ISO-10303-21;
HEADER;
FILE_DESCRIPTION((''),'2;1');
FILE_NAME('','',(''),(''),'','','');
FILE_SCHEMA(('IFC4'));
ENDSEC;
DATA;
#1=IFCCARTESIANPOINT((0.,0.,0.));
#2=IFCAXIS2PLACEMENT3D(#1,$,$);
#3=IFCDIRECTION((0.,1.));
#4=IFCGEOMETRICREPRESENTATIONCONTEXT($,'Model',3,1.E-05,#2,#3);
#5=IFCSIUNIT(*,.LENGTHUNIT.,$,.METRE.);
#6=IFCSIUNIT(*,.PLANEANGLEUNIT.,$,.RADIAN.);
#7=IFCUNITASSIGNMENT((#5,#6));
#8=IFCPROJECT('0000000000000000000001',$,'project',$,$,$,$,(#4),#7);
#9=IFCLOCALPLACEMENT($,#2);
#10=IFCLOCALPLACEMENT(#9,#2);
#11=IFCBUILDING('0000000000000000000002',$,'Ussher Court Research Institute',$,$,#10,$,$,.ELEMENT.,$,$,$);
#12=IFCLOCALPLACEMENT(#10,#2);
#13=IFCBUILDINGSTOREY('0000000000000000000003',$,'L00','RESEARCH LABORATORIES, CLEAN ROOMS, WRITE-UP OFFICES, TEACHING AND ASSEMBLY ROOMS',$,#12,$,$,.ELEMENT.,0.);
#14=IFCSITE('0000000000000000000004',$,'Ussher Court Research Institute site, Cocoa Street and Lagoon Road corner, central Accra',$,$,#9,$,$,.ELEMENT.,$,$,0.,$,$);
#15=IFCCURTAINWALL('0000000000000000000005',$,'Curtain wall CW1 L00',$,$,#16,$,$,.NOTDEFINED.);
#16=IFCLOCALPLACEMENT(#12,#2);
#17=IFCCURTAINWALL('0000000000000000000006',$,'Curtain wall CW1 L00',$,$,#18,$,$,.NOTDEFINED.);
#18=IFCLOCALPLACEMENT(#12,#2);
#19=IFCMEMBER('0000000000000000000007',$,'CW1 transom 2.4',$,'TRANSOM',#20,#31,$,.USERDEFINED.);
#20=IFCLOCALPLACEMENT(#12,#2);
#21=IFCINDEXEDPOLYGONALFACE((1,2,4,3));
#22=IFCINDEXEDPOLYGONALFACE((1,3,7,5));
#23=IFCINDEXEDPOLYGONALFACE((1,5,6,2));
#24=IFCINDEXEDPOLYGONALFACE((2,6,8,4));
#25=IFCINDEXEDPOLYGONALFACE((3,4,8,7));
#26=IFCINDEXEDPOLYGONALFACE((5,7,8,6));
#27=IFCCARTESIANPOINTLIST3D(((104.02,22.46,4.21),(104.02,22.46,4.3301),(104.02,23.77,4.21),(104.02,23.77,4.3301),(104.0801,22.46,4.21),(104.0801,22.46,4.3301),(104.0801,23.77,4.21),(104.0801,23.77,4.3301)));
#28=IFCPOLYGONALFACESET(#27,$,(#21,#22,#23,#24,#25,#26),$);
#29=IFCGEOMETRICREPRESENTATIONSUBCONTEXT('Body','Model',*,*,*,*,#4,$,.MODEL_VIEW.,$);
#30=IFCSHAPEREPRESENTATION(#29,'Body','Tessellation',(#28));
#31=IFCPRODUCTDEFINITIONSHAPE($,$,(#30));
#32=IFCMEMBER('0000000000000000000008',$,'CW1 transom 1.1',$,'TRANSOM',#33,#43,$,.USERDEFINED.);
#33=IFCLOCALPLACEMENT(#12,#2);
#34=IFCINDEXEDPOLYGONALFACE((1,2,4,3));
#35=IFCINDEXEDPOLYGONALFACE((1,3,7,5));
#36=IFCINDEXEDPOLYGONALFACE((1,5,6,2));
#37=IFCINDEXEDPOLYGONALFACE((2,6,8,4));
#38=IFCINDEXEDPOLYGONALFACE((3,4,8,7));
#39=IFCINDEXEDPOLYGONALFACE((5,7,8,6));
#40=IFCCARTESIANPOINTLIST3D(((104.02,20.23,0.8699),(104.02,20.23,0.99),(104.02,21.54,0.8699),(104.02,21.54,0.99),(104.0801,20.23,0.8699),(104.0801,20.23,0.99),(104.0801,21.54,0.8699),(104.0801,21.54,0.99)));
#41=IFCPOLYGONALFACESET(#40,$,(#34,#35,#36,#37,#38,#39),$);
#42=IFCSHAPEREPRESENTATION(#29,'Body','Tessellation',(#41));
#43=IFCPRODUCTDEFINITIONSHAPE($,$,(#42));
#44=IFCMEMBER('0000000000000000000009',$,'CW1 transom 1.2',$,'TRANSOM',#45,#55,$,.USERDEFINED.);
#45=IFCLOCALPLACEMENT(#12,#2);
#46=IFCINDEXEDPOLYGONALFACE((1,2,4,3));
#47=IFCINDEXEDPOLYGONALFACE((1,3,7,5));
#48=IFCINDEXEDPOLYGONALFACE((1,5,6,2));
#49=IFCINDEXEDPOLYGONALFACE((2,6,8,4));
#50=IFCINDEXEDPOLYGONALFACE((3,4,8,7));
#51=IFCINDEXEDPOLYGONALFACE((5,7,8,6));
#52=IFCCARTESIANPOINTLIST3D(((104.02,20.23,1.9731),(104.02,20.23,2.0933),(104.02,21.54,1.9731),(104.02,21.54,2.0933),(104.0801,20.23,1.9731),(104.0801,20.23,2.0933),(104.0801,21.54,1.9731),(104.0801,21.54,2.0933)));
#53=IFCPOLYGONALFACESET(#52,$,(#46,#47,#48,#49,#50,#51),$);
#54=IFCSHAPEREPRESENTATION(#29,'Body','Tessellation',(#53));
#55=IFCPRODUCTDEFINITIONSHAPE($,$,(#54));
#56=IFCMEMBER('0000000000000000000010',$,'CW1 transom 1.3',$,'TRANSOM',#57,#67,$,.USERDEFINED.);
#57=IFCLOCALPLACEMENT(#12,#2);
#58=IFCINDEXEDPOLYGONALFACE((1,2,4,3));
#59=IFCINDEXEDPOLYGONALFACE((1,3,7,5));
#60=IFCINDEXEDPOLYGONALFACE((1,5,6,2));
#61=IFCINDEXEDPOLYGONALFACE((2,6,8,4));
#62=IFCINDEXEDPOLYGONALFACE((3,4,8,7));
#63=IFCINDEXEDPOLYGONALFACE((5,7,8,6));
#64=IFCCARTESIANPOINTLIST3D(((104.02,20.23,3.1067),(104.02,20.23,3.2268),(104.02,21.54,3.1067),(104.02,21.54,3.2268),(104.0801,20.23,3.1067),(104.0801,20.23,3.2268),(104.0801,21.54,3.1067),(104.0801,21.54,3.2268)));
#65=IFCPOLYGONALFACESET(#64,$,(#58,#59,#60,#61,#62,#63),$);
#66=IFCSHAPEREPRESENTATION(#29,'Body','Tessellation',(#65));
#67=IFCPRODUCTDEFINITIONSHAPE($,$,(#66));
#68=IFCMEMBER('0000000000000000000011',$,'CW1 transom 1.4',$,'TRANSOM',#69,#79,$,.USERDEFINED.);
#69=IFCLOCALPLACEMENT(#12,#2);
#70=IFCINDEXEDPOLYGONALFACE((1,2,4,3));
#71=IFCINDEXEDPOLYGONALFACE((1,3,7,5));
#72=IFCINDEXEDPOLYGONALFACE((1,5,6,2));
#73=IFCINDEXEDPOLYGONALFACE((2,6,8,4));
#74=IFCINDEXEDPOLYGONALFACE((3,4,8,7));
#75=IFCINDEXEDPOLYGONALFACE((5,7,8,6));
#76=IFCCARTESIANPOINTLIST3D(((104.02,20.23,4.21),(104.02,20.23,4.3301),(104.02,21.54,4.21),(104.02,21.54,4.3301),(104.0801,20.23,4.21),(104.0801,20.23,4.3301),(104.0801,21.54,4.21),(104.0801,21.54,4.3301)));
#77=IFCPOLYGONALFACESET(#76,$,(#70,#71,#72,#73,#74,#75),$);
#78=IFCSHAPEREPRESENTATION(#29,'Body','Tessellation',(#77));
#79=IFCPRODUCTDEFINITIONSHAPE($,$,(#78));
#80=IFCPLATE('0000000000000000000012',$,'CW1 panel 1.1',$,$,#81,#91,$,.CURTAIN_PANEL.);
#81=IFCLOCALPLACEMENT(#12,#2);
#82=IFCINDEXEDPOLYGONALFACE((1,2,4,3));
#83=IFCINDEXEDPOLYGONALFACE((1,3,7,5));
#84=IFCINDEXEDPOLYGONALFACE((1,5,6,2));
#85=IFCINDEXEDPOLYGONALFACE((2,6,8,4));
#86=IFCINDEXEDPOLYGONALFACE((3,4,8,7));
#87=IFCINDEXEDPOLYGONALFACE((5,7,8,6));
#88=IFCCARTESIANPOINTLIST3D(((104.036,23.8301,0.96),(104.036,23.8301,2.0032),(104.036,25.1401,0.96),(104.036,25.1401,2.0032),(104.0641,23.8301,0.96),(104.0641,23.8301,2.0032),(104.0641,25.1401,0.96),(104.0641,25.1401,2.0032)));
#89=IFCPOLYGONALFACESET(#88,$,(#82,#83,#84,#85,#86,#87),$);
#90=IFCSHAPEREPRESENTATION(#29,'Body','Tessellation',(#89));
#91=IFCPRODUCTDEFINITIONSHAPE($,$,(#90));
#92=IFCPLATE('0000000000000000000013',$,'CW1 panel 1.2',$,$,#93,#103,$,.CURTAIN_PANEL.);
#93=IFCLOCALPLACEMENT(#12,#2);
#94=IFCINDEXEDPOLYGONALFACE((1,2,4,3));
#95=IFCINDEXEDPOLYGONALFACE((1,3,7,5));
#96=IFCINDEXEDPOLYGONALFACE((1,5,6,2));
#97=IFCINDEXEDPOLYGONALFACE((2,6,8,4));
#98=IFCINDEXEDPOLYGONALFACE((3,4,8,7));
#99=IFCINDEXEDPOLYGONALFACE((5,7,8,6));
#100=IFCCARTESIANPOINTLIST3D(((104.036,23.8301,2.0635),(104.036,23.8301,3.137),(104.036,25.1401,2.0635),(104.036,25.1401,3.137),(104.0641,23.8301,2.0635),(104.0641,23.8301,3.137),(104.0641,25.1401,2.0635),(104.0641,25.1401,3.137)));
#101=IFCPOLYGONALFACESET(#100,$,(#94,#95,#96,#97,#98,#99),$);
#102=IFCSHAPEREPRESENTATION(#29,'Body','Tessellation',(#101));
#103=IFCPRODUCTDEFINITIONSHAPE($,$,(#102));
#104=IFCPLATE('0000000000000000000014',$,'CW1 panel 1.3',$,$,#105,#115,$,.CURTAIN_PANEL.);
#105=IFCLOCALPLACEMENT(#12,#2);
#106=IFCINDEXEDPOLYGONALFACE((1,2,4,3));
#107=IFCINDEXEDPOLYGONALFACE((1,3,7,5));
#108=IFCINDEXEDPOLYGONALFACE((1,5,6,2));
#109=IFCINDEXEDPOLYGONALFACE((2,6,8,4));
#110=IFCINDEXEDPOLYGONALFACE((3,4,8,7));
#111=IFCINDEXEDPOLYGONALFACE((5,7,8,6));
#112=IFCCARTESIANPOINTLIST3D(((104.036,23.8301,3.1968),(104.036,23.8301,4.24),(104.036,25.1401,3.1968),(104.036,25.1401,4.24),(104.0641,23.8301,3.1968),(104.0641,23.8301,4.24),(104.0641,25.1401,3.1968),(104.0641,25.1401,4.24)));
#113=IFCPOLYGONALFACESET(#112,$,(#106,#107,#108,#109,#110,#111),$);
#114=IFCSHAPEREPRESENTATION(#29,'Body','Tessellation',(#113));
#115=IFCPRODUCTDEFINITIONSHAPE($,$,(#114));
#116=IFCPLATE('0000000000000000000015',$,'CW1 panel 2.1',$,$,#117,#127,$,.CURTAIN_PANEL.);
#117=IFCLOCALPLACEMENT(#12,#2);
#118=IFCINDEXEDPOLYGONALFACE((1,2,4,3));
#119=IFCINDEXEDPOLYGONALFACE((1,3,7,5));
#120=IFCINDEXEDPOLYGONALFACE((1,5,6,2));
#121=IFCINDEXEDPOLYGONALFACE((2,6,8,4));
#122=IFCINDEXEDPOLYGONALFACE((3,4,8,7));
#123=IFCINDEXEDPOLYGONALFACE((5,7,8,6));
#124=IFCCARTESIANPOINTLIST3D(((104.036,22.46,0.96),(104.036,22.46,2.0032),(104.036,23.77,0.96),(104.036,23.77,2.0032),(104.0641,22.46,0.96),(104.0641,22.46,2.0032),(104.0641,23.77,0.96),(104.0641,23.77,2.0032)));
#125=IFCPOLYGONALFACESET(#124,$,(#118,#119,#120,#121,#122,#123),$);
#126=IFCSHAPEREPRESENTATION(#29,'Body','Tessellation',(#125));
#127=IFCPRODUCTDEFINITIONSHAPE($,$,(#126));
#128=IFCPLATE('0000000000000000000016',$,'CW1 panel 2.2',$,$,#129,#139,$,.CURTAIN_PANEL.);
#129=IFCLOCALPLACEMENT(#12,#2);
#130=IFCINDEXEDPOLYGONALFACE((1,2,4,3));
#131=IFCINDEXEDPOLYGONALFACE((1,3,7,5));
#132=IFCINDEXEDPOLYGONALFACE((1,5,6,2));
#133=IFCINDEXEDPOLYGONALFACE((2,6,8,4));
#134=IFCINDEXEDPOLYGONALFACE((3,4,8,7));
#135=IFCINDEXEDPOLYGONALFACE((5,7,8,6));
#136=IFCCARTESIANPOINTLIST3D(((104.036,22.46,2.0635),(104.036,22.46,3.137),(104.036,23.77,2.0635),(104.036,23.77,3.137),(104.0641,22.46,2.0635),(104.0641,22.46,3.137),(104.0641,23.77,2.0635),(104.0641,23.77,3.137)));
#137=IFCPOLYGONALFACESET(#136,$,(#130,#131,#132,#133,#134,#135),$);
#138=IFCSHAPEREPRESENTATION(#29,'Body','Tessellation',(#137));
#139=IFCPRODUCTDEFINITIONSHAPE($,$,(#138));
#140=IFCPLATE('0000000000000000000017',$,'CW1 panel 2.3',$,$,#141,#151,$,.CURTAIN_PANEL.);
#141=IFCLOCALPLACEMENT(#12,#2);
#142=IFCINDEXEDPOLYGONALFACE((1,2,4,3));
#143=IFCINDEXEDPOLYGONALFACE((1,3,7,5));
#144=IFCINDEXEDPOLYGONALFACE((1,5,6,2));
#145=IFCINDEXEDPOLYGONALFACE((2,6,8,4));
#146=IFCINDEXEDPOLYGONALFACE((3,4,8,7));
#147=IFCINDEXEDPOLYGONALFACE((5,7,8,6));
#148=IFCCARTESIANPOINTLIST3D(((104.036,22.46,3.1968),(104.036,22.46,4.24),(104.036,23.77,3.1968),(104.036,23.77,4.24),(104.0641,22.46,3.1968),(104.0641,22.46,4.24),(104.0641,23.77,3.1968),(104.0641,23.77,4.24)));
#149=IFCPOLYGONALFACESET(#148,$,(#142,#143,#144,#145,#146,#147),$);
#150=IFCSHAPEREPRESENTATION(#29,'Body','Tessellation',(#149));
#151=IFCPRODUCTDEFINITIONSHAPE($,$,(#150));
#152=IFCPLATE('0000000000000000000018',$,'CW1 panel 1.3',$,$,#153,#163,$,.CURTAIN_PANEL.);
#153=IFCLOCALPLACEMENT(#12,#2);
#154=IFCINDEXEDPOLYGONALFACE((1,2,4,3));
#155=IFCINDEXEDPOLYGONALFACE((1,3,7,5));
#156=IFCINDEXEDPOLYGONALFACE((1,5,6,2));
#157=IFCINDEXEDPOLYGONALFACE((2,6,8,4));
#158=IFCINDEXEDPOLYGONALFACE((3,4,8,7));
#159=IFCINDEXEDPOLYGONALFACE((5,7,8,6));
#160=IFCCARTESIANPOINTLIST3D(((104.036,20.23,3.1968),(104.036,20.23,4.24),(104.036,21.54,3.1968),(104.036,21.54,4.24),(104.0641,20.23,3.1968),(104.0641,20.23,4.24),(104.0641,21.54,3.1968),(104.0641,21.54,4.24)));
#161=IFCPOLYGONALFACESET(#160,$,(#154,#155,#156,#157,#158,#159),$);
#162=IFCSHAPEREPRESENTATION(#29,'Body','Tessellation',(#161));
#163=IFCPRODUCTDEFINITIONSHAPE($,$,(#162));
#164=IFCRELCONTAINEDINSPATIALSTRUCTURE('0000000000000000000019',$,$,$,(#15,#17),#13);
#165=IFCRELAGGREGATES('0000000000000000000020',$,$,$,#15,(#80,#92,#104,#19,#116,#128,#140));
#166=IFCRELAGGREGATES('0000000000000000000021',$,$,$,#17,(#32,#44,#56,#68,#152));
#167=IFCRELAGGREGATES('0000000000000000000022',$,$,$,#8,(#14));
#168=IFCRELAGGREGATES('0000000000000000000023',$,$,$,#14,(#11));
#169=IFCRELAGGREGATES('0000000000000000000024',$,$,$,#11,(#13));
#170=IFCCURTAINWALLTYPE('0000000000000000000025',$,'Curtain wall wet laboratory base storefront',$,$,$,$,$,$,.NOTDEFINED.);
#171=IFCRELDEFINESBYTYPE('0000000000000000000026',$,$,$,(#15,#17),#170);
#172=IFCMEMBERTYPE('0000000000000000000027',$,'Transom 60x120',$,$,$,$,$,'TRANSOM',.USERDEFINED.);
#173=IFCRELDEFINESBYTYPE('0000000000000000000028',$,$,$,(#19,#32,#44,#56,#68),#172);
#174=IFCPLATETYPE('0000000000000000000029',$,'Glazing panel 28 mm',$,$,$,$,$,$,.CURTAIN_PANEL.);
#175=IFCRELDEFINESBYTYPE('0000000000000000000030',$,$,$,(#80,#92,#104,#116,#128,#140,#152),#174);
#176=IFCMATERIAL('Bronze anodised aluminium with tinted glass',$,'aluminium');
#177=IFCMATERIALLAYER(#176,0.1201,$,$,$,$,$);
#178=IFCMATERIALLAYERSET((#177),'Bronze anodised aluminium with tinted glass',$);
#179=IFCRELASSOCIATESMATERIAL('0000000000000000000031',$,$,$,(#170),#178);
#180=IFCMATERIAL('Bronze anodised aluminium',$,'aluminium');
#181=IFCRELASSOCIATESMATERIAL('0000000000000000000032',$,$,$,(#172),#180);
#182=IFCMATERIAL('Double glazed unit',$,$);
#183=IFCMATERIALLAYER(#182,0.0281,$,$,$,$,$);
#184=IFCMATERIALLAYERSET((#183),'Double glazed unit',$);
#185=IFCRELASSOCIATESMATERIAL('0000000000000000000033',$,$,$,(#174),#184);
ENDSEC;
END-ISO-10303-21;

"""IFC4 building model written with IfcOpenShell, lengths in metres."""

from ifc_helpers import new_model, si_unit, direction, frame, origin, origin_2d, place, context, subcontext, project, spatial, rectangle, extrude, material, layer, layer_set, material_profile, profile_set, type_object, element, aggregate, save


model = new_model("IFC4")

# Units and contexts
model_context = context("Model", 3, precision=1e-05, world=origin(), true_north=direction((0.0, 1.0)))
body_context = subcontext(model_context, "Body", "Model", "MODEL_VIEW")
ifc_project = project(units=[si_unit("LENGTHUNIT", "METRE"), si_unit("PLANEANGLEUNIT", "RADIAN")], contexts=[model_context])

# Site, building, storey
site_placement = place(None, origin())
site = spatial("IfcSite", under=ifc_project, at=site_placement, Name="Ussher Court Research Institute site, Cocoa Street and Lagoon Road corner, central Accra", CompositionType="ELEMENT", RefElevation=0.0)
building_placement = place(site_placement, origin())
building = spatial("IfcBuilding", under=site, at=building_placement, Name="Ussher Court Research Institute", CompositionType="ELEMENT")
storey_placement = place(building_placement, origin())
storey = spatial("IfcBuildingStorey", under=building, at=storey_placement, Name="L00", Description="RESEARCH LABORATORIES, CLEAN ROOMS, WRITE-UP OFFICES, TEACHING AND ASSEMBLY ROOMS", CompositionType="ELEMENT", Elevation=0.0)

# Curtain wall
ifc_material_1 = material(Name="Bronze anodised aluminium with tinted glass", Category="aluminium")
ifc_layer_1 = layer(ifc_material_1, 0.1201)
ifc_layer_set_1 = layer_set([ifc_layer_1], Name="Bronze anodised aluminium with tinted glass")
curtain_wall_type = type_object("IfcCurtainWallType", Name="Curtain wall wet laboratory base storefront", PredefinedType="NOTDEFINED", material=ifc_layer_set_1)
curtain_wall_1_placement = place(storey_placement, origin())
curtain_wall_1 = element("IfcCurtainWall", 1, at=curtain_wall_1_placement, inside=storey, type_object=curtain_wall_type, Name="Curtain wall CW1 L00", PredefinedType="NOTDEFINED")

# Curtain wall
curtain_wall_2_placement = place(storey_placement, origin())
curtain_wall_2 = element("IfcCurtainWall", 2, at=curtain_wall_2_placement, inside=storey, type_object=curtain_wall_type, Name="Curtain wall CW1 L00", PredefinedType="NOTDEFINED")

# Members
ifc_material_2 = material(Name="Bronze anodised aluminium", Category="aluminium")
ifc_material_profile_1 = material_profile(ifc_material_2, rectangle(XDim=0.0601, YDim=0.1201, at=origin_2d()), Name="Transom 60x120")
ifc_profile_set_1 = profile_set([ifc_material_profile_1], Name="Bronze anodised aluminium")
member_type_1 = type_object("IfcMemberType", Name="Transom 60x120", ElementType="TRANSOM", PredefinedType="USERDEFINED", material=ifc_profile_set_1)
member_1_placement = place(storey_placement, frame((104.05, 23.77, 4.27), z_axis=(0.0, -1.0, 0.0), x_axis=(1.0, 0.0, 0.0)))
member_1 = element("IfcMember", 3, at=member_1_placement, type_object=member_type_1, Name="CW1 transom 2.4", ObjectType="TRANSOM", PredefinedType="USERDEFINED", context=body_context, shape_type="SweptSolid", body=[
    extrude(rectangle(XDim=0.0601, YDim=0.1201, at=origin_2d()), origin(), (0.0, 0.0, 1.0), 1.3101),
])
member_2_placement = place(storey_placement, frame((104.05, 21.54, 0.9299), z_axis=(0.0, -1.0, 0.0), x_axis=(1.0, 0.0, 0.0)))
member_2 = element("IfcMember", 4, at=member_2_placement, type_object=member_type_1, Name="CW1 transom 1.1", ObjectType="TRANSOM", PredefinedType="USERDEFINED", context=body_context, shape_type="SweptSolid", body=[
    extrude(rectangle(XDim=0.0601, YDim=0.1201, at=origin_2d()), origin(), (0.0, 0.0, 1.0), 1.3101),
])
member_3_placement = place(storey_placement, frame((104.05, 21.54, 2.0332), z_axis=(0.0, -1.0, 0.0), x_axis=(1.0, 0.0, 0.0)))
member_3 = element("IfcMember", 5, at=member_3_placement, type_object=member_type_1, Name="CW1 transom 1.2", ObjectType="TRANSOM", PredefinedType="USERDEFINED", context=body_context, shape_type="SweptSolid", body=[
    extrude(rectangle(XDim=0.0601, YDim=0.1201, at=origin_2d()), origin(), (0.0, 0.0, 1.0), 1.3101),
])
member_4_placement = place(storey_placement, frame((104.05, 21.54, 3.1667), z_axis=(0.0, -1.0, 0.0), x_axis=(1.0, 0.0, 0.0)))
member_4 = element("IfcMember", 6, at=member_4_placement, type_object=member_type_1, Name="CW1 transom 1.3", ObjectType="TRANSOM", PredefinedType="USERDEFINED", context=body_context, shape_type="SweptSolid", body=[
    extrude(rectangle(XDim=0.0601, YDim=0.1201, at=origin_2d()), origin(), (0.0, 0.0, 1.0), 1.3101),
])
member_5_placement = place(storey_placement, frame((104.05, 21.54, 4.27), z_axis=(0.0, -1.0, 0.0), x_axis=(1.0, 0.0, 0.0)))
member_5 = element("IfcMember", 7, at=member_5_placement, type_object=member_type_1, Name="CW1 transom 1.4", ObjectType="TRANSOM", PredefinedType="USERDEFINED", context=body_context, shape_type="SweptSolid", body=[
    extrude(rectangle(XDim=0.0601, YDim=0.1201, at=origin_2d()), origin(), (0.0, 0.0, 1.0), 1.3101),
])

# Plates
ifc_material_3 = material(Name="Double glazed unit")
ifc_layer_2 = layer(ifc_material_3, 0.0281)
ifc_layer_set_2 = layer_set([ifc_layer_2], Name="Double glazed unit")
plate_type = type_object("IfcPlateType", Name="Glazing panel 28 mm", PredefinedType="CURTAIN_PANEL", material=ifc_layer_set_2)
plate_1_placement = place(storey_placement, frame((104.05, 24.4851, 0.96), z_axis=(0.0, 0.0, 1.0), x_axis=(0.0, -1.0, 0.0)))
plate_1 = element("IfcPlate", 8, at=plate_1_placement, type_object=plate_type, Name="CW1 panel 1.1", PredefinedType="CURTAIN_PANEL", context=body_context, shape_type="SweptSolid", body=[
    extrude(rectangle(XDim=1.3101, YDim=0.0281, at=origin_2d()), origin(), (0.0, 0.0, 1.0), 1.0432),
])
plate_2_placement = place(storey_placement, frame((104.05, 24.4851, 2.0635), z_axis=(0.0, 0.0, 1.0), x_axis=(0.0, -1.0, 0.0)))
plate_2 = element("IfcPlate", 9, at=plate_2_placement, type_object=plate_type, Name="CW1 panel 1.2", PredefinedType="CURTAIN_PANEL", context=body_context, shape_type="SweptSolid", body=[
    extrude(rectangle(XDim=1.3101, YDim=0.0281, at=origin_2d()), origin(), (0.0, 0.0, 1.0), 1.0735),
])
plate_3_placement = place(storey_placement, frame((104.05, 24.4851, 3.1968), z_axis=(0.0, 0.0, 1.0), x_axis=(0.0, -1.0, 0.0)))
plate_3 = element("IfcPlate", 10, at=plate_3_placement, type_object=plate_type, Name="CW1 panel 1.3", PredefinedType="CURTAIN_PANEL", context=body_context, shape_type="SweptSolid", body=[
    extrude(rectangle(XDim=1.3101, YDim=0.0281, at=origin_2d()), origin(), (0.0, 0.0, 1.0), 1.0432),
])
plate_4_placement = place(storey_placement, frame((104.05, 23.115, 0.96), z_axis=(0.0, 0.0, 1.0), x_axis=(0.0, -1.0, 0.0)))
plate_4 = element("IfcPlate", 11, at=plate_4_placement, type_object=plate_type, Name="CW1 panel 2.1", PredefinedType="CURTAIN_PANEL", context=body_context, shape_type="SweptSolid", body=[
    extrude(rectangle(XDim=1.3101, YDim=0.0281, at=origin_2d()), origin(), (0.0, 0.0, 1.0), 1.0432),
])
plate_5_placement = place(storey_placement, frame((104.05, 23.115, 2.0635), z_axis=(0.0, 0.0, 1.0), x_axis=(0.0, -1.0, 0.0)))
plate_5 = element("IfcPlate", 12, at=plate_5_placement, type_object=plate_type, Name="CW1 panel 2.2", PredefinedType="CURTAIN_PANEL", context=body_context, shape_type="SweptSolid", body=[
    extrude(rectangle(XDim=1.3101, YDim=0.0281, at=origin_2d()), origin(), (0.0, 0.0, 1.0), 1.0735),
])
plate_6_placement = place(storey_placement, frame((104.05, 23.115, 3.1968), z_axis=(0.0, 0.0, 1.0), x_axis=(0.0, -1.0, 0.0)))
plate_6 = element("IfcPlate", 13, at=plate_6_placement, type_object=plate_type, Name="CW1 panel 2.3", PredefinedType="CURTAIN_PANEL", context=body_context, shape_type="SweptSolid", body=[
    extrude(rectangle(XDim=1.3101, YDim=0.0281, at=origin_2d()), origin(), (0.0, 0.0, 1.0), 1.0432),
])
aggregate(curtain_wall_1, [plate_1, plate_2, plate_3, member_1, plate_4, plate_5, plate_6])
plate_7_placement = place(storey_placement, frame((104.05, 20.885, 3.1968), z_axis=(0.0, 0.0, 1.0), x_axis=(0.0, -1.0, 0.0)))
plate_7 = element("IfcPlate", 14, at=plate_7_placement, type_object=plate_type, Name="CW1 panel 1.3", PredefinedType="CURTAIN_PANEL", context=body_context, shape_type="SweptSolid", body=[
    extrude(rectangle(XDim=1.3101, YDim=0.0281, at=origin_2d()), origin(), (0.0, 0.0, 1.0), 1.0432),
])
aggregate(curtain_wall_2, [member_2, member_3, member_4, member_5, plate_7])

save(model, "model.ifc")
